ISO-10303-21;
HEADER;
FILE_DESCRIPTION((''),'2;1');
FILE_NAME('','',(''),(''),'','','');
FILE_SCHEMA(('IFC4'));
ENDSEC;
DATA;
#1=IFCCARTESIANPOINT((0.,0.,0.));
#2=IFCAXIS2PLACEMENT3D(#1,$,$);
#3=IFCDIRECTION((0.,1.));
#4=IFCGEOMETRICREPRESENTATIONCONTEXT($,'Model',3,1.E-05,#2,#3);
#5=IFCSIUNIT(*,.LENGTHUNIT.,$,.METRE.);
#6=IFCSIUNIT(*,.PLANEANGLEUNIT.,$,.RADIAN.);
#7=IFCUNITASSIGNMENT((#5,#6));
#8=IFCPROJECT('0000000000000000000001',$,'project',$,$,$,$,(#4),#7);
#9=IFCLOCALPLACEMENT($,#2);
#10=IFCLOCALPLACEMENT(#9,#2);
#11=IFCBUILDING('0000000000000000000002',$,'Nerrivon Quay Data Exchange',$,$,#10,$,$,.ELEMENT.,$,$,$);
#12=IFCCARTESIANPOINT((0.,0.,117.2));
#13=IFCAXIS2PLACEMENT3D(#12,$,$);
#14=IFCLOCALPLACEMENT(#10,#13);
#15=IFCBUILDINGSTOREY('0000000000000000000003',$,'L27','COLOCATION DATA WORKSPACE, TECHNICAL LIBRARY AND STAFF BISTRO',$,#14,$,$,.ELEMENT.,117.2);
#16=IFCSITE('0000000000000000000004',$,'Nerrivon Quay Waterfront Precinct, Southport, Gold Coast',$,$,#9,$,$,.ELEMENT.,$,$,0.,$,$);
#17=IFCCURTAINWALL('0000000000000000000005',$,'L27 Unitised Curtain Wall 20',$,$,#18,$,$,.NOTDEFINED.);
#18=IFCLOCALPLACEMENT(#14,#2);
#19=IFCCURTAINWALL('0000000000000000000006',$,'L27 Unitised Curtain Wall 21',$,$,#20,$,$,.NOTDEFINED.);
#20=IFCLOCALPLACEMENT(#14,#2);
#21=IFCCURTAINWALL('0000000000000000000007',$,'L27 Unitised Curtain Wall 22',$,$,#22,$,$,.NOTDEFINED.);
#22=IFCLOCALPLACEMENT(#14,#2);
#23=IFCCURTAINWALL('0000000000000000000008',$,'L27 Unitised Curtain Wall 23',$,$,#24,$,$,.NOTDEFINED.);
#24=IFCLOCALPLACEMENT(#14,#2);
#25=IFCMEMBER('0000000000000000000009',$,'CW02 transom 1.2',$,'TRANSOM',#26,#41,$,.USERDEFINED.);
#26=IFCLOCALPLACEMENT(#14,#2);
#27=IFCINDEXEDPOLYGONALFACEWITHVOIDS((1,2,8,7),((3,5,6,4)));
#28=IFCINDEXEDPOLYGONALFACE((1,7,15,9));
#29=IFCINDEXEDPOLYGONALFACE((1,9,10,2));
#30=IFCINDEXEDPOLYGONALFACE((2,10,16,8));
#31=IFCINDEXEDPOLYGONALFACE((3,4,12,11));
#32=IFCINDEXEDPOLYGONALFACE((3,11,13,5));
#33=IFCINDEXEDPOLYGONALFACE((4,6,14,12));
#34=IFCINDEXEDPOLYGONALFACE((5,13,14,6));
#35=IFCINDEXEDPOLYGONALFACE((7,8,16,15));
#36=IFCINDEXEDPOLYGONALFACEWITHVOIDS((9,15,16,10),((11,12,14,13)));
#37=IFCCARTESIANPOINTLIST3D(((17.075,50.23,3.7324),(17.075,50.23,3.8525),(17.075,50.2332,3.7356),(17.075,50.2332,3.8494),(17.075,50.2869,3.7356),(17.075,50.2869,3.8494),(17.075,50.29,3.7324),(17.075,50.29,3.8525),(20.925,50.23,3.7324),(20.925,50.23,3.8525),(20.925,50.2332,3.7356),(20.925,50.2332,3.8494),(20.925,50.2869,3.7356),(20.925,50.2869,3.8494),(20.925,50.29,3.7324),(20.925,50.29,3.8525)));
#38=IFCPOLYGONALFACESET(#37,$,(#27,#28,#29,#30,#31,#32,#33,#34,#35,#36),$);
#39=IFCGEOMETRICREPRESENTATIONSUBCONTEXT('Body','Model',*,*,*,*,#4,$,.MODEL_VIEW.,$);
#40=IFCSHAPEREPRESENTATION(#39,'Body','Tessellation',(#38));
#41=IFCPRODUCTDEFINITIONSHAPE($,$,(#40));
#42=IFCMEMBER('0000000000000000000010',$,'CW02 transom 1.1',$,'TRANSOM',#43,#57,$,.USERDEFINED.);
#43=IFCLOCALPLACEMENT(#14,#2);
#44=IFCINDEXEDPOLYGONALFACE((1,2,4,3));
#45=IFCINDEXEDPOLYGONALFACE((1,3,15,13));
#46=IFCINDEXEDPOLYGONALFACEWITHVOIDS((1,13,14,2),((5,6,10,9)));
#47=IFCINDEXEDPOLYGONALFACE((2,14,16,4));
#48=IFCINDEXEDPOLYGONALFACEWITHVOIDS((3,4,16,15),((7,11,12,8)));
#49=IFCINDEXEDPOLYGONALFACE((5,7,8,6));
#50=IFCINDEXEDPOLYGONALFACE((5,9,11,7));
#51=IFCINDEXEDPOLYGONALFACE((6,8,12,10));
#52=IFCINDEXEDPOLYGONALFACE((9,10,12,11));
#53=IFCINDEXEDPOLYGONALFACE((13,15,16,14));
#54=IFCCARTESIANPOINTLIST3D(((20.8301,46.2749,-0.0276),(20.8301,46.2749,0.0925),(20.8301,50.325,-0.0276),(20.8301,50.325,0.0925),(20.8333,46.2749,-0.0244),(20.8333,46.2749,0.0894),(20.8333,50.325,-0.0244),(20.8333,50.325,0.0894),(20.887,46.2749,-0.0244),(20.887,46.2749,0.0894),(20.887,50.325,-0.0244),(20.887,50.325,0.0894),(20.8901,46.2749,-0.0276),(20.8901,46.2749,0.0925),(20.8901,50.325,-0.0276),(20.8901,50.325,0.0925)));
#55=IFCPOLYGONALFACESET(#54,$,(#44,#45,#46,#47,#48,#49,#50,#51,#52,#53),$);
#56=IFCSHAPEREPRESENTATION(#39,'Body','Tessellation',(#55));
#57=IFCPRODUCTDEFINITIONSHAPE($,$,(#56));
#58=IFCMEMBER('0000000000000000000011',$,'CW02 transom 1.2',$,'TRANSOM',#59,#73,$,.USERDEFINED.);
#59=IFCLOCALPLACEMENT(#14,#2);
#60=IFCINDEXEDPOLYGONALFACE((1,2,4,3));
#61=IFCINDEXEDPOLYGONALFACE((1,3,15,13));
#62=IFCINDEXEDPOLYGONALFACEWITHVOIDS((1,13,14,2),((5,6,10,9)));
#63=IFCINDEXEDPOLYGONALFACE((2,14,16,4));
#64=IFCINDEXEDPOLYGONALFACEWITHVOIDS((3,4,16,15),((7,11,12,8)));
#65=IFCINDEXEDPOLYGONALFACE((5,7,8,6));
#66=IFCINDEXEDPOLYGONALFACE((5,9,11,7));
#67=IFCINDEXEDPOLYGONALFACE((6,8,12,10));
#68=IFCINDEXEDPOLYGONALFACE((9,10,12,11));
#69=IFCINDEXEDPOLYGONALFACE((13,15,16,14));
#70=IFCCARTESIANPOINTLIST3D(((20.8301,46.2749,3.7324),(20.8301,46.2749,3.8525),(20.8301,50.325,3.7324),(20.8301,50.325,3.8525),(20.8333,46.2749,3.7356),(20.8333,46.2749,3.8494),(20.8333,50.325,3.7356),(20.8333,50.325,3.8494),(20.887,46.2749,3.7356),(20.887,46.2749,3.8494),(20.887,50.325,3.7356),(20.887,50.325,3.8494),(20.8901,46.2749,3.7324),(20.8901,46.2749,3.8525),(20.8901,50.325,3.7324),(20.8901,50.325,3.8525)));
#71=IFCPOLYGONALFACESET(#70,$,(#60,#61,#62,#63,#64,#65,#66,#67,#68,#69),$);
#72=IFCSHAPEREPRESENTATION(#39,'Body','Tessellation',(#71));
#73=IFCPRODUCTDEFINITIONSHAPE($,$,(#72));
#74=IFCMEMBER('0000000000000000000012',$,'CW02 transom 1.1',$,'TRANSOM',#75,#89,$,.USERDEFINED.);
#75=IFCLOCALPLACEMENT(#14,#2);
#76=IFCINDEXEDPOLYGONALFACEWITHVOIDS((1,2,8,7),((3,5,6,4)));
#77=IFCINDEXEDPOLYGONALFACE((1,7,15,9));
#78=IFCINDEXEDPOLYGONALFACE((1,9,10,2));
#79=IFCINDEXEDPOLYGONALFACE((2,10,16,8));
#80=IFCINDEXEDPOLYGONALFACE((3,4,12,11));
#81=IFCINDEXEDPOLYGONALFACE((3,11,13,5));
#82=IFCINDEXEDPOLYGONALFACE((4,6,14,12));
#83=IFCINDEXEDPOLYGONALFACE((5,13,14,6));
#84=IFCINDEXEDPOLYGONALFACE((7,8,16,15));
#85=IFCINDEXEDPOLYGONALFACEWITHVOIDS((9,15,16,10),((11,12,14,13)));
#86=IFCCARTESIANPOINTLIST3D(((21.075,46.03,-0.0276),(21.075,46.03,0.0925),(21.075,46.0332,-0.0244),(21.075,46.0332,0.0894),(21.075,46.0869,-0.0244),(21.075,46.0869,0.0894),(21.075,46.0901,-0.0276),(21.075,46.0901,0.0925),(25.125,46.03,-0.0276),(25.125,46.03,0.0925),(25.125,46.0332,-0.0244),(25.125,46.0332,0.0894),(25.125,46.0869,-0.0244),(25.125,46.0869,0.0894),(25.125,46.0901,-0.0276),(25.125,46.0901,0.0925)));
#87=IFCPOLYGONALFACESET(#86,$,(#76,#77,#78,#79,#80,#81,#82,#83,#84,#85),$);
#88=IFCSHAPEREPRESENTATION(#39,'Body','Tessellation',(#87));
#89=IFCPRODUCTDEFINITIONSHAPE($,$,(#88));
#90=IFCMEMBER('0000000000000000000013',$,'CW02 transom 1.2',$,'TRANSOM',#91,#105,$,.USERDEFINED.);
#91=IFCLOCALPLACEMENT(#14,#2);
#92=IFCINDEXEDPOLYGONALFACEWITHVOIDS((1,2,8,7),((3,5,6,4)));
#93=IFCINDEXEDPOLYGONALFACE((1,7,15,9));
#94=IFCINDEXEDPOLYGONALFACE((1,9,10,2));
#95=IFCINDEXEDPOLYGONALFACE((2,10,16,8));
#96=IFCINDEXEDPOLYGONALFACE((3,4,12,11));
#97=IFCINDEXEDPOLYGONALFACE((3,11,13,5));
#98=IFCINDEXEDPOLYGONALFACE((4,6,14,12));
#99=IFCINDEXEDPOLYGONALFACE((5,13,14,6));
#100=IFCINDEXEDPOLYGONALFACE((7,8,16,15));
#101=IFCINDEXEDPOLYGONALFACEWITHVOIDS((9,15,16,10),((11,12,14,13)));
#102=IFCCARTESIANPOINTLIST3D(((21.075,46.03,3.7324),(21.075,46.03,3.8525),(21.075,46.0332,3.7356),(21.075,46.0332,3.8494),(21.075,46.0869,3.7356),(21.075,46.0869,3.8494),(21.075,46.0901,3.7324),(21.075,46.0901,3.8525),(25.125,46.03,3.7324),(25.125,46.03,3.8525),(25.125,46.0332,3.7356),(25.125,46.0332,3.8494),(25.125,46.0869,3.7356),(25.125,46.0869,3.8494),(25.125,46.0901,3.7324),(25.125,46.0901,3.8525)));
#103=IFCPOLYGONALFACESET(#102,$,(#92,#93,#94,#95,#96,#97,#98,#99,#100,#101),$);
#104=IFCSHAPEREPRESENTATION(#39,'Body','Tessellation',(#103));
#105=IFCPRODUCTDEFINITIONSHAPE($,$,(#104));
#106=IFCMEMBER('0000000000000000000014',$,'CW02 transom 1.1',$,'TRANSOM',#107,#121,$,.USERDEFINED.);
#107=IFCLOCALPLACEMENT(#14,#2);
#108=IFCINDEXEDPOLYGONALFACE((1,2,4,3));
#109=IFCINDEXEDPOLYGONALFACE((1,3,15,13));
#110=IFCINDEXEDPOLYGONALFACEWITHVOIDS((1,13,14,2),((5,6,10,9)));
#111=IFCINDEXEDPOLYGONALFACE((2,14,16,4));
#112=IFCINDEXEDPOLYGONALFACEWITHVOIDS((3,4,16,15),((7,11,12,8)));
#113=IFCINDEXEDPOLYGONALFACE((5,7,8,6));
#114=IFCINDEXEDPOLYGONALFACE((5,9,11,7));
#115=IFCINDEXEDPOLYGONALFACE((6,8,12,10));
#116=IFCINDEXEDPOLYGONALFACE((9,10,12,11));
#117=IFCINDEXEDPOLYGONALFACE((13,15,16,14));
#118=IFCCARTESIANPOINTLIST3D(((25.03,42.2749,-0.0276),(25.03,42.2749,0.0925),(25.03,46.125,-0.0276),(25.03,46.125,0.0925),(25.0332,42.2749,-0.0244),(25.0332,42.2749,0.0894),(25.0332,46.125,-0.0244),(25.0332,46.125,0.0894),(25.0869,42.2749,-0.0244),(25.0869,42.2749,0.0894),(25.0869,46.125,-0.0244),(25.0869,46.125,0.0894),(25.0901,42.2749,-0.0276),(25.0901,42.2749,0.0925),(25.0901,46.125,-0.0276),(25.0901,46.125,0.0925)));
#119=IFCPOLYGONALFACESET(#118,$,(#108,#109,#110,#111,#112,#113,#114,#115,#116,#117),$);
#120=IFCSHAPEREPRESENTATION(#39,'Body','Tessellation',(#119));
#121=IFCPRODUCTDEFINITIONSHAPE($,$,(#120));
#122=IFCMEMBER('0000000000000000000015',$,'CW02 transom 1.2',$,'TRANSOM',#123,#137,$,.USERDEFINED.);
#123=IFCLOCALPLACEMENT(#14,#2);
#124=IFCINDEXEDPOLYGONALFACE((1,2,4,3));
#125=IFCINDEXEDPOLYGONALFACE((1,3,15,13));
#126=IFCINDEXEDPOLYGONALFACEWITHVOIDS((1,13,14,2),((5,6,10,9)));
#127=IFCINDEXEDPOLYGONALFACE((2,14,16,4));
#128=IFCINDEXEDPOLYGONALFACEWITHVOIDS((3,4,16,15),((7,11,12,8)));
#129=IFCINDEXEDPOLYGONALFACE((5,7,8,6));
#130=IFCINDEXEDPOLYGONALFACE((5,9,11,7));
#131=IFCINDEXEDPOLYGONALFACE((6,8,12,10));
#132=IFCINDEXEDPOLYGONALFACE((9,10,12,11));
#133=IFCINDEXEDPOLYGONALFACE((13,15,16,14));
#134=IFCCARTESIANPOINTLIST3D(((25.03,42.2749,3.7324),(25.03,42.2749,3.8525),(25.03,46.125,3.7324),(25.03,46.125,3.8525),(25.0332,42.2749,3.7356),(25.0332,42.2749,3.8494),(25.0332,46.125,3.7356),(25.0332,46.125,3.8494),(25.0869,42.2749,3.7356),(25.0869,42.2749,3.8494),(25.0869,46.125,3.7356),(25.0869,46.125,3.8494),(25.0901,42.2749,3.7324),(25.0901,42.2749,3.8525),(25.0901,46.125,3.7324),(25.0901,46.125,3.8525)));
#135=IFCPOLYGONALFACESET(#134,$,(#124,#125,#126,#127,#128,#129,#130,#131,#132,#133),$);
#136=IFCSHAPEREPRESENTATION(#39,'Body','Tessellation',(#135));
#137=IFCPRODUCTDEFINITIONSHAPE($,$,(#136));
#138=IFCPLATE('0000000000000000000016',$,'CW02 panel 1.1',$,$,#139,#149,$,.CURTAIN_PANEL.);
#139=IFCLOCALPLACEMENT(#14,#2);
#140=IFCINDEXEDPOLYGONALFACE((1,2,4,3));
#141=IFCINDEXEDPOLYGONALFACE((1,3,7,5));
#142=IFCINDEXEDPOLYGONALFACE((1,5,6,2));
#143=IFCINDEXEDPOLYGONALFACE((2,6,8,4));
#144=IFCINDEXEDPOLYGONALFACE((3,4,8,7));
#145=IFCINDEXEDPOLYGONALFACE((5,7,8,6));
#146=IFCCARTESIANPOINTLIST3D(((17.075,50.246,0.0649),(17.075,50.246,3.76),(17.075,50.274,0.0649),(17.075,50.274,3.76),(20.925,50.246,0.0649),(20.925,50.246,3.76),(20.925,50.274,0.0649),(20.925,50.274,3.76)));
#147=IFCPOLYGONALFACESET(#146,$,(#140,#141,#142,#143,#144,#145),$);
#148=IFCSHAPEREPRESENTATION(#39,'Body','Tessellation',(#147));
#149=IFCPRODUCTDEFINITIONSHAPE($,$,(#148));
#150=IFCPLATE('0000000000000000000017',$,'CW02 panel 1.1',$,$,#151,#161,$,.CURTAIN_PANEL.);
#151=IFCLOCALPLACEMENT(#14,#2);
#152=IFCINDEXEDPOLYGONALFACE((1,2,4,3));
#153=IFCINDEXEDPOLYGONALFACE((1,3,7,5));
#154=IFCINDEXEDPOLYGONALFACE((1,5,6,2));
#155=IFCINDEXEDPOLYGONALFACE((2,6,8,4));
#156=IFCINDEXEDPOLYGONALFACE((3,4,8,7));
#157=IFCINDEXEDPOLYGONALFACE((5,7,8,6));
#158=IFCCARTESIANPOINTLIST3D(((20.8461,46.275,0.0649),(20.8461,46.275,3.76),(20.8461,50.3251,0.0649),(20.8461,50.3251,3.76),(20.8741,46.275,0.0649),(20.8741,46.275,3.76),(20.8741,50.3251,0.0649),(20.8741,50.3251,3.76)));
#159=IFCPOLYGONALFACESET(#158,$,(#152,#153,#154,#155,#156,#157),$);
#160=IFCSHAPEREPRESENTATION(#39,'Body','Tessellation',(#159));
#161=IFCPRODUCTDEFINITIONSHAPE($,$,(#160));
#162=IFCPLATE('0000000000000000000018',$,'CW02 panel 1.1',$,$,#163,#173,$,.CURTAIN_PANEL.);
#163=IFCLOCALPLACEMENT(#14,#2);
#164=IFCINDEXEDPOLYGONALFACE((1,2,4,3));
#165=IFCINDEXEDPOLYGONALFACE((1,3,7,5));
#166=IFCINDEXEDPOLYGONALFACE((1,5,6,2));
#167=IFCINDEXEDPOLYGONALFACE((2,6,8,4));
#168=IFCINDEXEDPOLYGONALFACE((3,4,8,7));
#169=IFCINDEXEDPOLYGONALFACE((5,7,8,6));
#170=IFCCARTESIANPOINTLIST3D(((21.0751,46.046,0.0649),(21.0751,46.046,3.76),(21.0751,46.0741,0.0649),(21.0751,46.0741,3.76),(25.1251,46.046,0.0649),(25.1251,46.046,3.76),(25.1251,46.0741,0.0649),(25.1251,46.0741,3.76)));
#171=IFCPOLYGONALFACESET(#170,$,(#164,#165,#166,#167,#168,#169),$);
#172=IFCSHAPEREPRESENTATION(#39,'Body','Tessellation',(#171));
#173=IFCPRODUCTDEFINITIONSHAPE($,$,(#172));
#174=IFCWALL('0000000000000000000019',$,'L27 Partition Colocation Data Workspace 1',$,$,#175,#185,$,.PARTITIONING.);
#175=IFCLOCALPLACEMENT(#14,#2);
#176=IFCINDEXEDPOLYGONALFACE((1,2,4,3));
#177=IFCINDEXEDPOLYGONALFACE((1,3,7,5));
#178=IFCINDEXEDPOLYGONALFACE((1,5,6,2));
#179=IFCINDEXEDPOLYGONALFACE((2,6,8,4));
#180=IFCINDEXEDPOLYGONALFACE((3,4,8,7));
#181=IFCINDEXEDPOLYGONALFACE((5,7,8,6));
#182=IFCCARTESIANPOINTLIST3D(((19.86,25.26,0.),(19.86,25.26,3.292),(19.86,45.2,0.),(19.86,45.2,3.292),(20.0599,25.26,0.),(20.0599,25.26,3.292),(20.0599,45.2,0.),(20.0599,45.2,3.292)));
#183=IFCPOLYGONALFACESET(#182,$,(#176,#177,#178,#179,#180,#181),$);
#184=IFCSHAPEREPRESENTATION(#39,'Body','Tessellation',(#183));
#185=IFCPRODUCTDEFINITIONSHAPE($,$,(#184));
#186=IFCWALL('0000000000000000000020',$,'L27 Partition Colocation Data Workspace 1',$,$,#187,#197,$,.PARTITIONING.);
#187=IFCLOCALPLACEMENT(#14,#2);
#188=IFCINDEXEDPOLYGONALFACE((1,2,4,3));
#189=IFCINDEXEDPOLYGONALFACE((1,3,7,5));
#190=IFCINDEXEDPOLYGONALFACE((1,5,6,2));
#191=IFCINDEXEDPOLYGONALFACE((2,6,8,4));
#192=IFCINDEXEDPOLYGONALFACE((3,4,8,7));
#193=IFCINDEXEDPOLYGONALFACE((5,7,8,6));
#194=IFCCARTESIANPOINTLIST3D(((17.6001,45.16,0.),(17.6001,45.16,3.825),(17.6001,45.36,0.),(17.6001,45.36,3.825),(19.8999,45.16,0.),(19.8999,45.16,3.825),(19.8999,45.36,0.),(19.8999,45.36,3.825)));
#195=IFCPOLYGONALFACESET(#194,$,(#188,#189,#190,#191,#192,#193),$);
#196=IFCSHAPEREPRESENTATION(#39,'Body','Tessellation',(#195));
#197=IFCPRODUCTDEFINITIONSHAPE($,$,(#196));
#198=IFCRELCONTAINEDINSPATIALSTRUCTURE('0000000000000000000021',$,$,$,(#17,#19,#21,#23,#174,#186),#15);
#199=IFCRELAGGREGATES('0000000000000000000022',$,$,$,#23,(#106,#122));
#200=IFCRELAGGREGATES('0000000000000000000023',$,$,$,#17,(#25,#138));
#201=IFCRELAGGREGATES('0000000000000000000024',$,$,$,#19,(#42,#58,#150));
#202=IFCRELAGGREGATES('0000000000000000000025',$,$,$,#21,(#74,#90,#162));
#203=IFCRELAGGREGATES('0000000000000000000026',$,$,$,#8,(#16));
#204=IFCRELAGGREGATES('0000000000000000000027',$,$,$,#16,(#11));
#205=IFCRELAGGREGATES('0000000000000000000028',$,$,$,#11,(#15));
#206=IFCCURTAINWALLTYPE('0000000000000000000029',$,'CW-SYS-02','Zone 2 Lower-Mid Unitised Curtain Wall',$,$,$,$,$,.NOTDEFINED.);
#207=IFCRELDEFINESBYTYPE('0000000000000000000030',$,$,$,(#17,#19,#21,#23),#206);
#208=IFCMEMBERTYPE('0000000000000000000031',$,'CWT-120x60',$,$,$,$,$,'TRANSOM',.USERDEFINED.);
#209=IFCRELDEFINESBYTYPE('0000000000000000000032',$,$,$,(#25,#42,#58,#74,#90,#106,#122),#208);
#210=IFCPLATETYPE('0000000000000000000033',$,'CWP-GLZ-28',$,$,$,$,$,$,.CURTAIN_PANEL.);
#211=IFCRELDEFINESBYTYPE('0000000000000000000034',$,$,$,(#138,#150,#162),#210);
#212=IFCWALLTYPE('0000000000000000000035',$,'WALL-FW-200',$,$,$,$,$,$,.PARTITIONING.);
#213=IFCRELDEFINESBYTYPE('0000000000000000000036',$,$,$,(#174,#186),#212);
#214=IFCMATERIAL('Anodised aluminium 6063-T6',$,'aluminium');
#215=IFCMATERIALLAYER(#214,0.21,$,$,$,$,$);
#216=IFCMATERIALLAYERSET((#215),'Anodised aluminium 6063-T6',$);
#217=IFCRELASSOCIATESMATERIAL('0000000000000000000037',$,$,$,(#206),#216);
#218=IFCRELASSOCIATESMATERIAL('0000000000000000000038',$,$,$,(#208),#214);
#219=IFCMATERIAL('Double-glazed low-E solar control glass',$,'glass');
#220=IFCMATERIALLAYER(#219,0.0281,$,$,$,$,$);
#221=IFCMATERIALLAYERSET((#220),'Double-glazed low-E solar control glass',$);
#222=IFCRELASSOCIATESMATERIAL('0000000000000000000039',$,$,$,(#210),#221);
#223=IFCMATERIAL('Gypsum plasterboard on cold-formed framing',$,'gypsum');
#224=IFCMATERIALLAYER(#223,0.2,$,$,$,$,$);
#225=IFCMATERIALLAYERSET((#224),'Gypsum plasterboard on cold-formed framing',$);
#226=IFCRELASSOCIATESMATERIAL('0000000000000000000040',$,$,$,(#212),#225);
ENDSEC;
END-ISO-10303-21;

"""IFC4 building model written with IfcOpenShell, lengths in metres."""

from ifc_helpers import new_model, si_unit, direction, frame, frame_2d, origin, origin_2d, place, context, subcontext, project, spatial, rectangle, hollow_rectangle, extrude, material, layer, layer_set, material_profile, profile_set, type_object, element, aggregate, save


model = new_model("IFC4")

# Units and contexts
model_context = context("Model", 3, precision=1e-05, world=origin(), true_north=direction((0.0, 1.0)))
body_context = subcontext(model_context, "Body", "Model", "MODEL_VIEW")
ifc_project = project(units=[si_unit("LENGTHUNIT", "METRE"), si_unit("PLANEANGLEUNIT", "RADIAN")], contexts=[model_context])

# Site, building, storey
site_placement = place(None, origin())
site = spatial("IfcSite", under=ifc_project, at=site_placement, Name="Nerrivon Quay Waterfront Precinct, Southport, Gold Coast", CompositionType="ELEMENT", RefElevation=0.0)
building_placement = place(site_placement, origin())
building = spatial("IfcBuilding", under=site, at=building_placement, Name="Nerrivon Quay Data Exchange", CompositionType="ELEMENT")
storey_placement = place(building_placement, frame((0.0, 0.0, 117.2)))
storey = spatial("IfcBuildingStorey", under=building, at=storey_placement, Name="L27", Description="COLOCATION DATA WORKSPACE, TECHNICAL LIBRARY AND STAFF BISTRO", CompositionType="ELEMENT", Elevation=117.2)

# Shared definitions
ifc_material_1 = material(Name="Anodised aluminium 6063-T6", Category="aluminium")
ifc_layer_1 = layer(ifc_material_1, 0.21)
ifc_layer_set_1 = layer_set([ifc_layer_1], Name="Anodised aluminium 6063-T6")
curtain_wall_type = type_object("IfcCurtainWallType", Name="CW-SYS-02", Description="Zone 2 Lower-Mid Unitised Curtain Wall", PredefinedType="NOTDEFINED", material=ifc_layer_set_1)

# Curtain walls
curtain_wall_1_placement = place(storey_placement, origin())
curtain_wall_1 = element("IfcCurtainWall", 1, at=curtain_wall_1_placement, inside=storey, type_object=curtain_wall_type, Name="L27 Unitised Curtain Wall 20", PredefinedType="NOTDEFINED")
curtain_wall_2_placement = place(storey_placement, origin())
curtain_wall_2 = element("IfcCurtainWall", 2, at=curtain_wall_2_placement, inside=storey, type_object=curtain_wall_type, Name="L27 Unitised Curtain Wall 21", PredefinedType="NOTDEFINED")
curtain_wall_3_placement = place(storey_placement, origin())
curtain_wall_3 = element("IfcCurtainWall", 3, at=curtain_wall_3_placement, inside=storey, type_object=curtain_wall_type, Name="L27 Unitised Curtain Wall 22", PredefinedType="NOTDEFINED")

# Curtain wall
curtain_wall_4_placement = place(storey_placement, origin())
curtain_wall_4 = element("IfcCurtainWall", 4, at=curtain_wall_4_placement, inside=storey, type_object=curtain_wall_type, Name="L27 Unitised Curtain Wall 23", PredefinedType="NOTDEFINED")

# Members
ifc_material_profile_1 = material_profile(ifc_material_1, hollow_rectangle(XDim=0.0601, YDim=0.1201, WallThickness=0.0032, at=origin_2d()), Name="ALU-TRAN-120x60")
ifc_profile_set_1 = profile_set([ifc_material_profile_1], Name="Anodised aluminium 6063-T6")
member_type_1 = type_object("IfcMemberType", Name="CWT-120x60", ElementType="TRANSOM", PredefinedType="USERDEFINED", material=ifc_profile_set_1)
member_1_placement = place(storey_placement, frame((17.075, 50.26, 3.7925), z_axis=(1.0, 0.0, 0.0), x_axis=(0.0, 1.0, 0.0)))
member_1 = element("IfcMember", 5, at=member_1_placement, type_object=member_type_1, Name="CW02 transom 1.2", ObjectType="TRANSOM", PredefinedType="USERDEFINED", context=body_context, shape_type="SweptSolid", body=[
    extrude(hollow_rectangle(XDim=0.0601, YDim=0.1201, WallThickness=0.0032, at=origin_2d()), origin(), (0.0, 0.0, 1.0), 3.8501),
])
member_2_placement = place(storey_placement, frame((20.8601, 50.325, 0.0325), z_axis=(0.0, -1.0, 0.0), x_axis=(1.0, 0.0, 0.0)))
member_2 = element("IfcMember", 6, at=member_2_placement, type_object=member_type_1, Name="CW02 transom 1.1", ObjectType="TRANSOM", PredefinedType="USERDEFINED", context=body_context, shape_type="SweptSolid", body=[
    extrude(hollow_rectangle(XDim=0.0601, YDim=0.1201, WallThickness=0.0032, at=origin_2d()), origin(), (0.0, 0.0, 1.0), 4.05),
])
member_3_placement = place(storey_placement, frame((20.8601, 50.325, 3.7925), z_axis=(0.0, -1.0, 0.0), x_axis=(1.0, 0.0, 0.0)))
member_3 = element("IfcMember", 7, at=member_3_placement, type_object=member_type_1, Name="CW02 transom 1.2", ObjectType="TRANSOM", PredefinedType="USERDEFINED", context=body_context, shape_type="SweptSolid", body=[
    extrude(hollow_rectangle(XDim=0.0601, YDim=0.1201, WallThickness=0.0032, at=origin_2d()), origin(), (0.0, 0.0, 1.0), 4.05),
])
member_4_placement = place(storey_placement, frame((21.075, 46.0601, 0.0325), z_axis=(1.0, 0.0, 0.0), x_axis=(0.0, 1.0, 0.0)))
member_4 = element("IfcMember", 8, at=member_4_placement, type_object=member_type_1, Name="CW02 transom 1.1", ObjectType="TRANSOM", PredefinedType="USERDEFINED", context=body_context, shape_type="SweptSolid", body=[
    extrude(hollow_rectangle(XDim=0.0601, YDim=0.1201, WallThickness=0.0032, at=origin_2d()), origin(), (0.0, 0.0, 1.0), 4.05),
])
member_5_placement = place(storey_placement, frame((21.075, 46.0601, 3.7925), z_axis=(1.0, 0.0, 0.0), x_axis=(0.0, 1.0, 0.0)))
member_5 = element("IfcMember", 9, at=member_5_placement, type_object=member_type_1, Name="CW02 transom 1.2", ObjectType="TRANSOM", PredefinedType="USERDEFINED", context=body_context, shape_type="SweptSolid", body=[
    extrude(hollow_rectangle(XDim=0.0601, YDim=0.1201, WallThickness=0.0032, at=origin_2d()), origin(), (0.0, 0.0, 1.0), 4.05),
])
member_6_placement = place(storey_placement, frame((25.0601, 46.125, 0.0325), z_axis=(0.0, -1.0, 0.0), x_axis=(1.0, 0.0, 0.0)))
member_6 = element("IfcMember", 10, at=member_6_placement, type_object=member_type_1, Name="CW02 transom 1.1", ObjectType="TRANSOM", PredefinedType="USERDEFINED", context=body_context, shape_type="SweptSolid", body=[
    extrude(hollow_rectangle(XDim=0.0601, YDim=0.1201, WallThickness=0.0032, at=origin_2d()), origin(), (0.0, 0.0, 1.0), 3.8501),
])
member_7_placement = place(storey_placement, frame((25.0601, 46.125, 3.7925), z_axis=(0.0, -1.0, 0.0), x_axis=(1.0, 0.0, 0.0)))
member_7 = element("IfcMember", 11, at=member_7_placement, type_object=member_type_1, Name="CW02 transom 1.2", ObjectType="TRANSOM", PredefinedType="USERDEFINED", context=body_context, shape_type="SweptSolid", body=[
    extrude(hollow_rectangle(XDim=0.0601, YDim=0.1201, WallThickness=0.0032, at=origin_2d()), origin(), (0.0, 0.0, 1.0), 3.8501),
])
aggregate(curtain_wall_4, [member_6, member_7])

# Plates
ifc_material_2 = material(Name="Double-glazed low-E solar control glass", Category="glass")
ifc_layer_2 = layer(ifc_material_2, 0.0281)
ifc_layer_set_2 = layer_set([ifc_layer_2], Name="Double-glazed low-E solar control glass")
plate_type = type_object("IfcPlateType", Name="CWP-GLZ-28", PredefinedType="CURTAIN_PANEL", material=ifc_layer_set_2)
plate_1_placement = place(storey_placement, frame((19.0, 50.26, 0.0649), z_axis=(0.0, 0.0, 1.0), x_axis=(1.0, 0.0, 0.0)))
plate_1 = element("IfcPlate", 12, at=plate_1_placement, type_object=plate_type, Name="CW02 panel 1.1", PredefinedType="CURTAIN_PANEL", context=body_context, shape_type="SweptSolid", body=[
    extrude(rectangle(XDim=3.8501, YDim=0.0281, at=origin_2d()), origin(), (0.0, 0.0, 1.0), 3.6951),
])
aggregate(curtain_wall_1, [member_1, plate_1])
plate_2_placement = place(storey_placement, frame((20.8601, 48.3, 0.0649), z_axis=(0.0, 0.0, 1.0), x_axis=(0.0, -1.0, 0.0)))
plate_2 = element("IfcPlate", 13, at=plate_2_placement, type_object=plate_type, Name="CW02 panel 1.1", PredefinedType="CURTAIN_PANEL", context=body_context, shape_type="SweptSolid", body=[
    extrude(rectangle(XDim=4.05, YDim=0.0281, at=origin_2d()), origin(), (0.0, 0.0, 1.0), 3.6951),
])
aggregate(curtain_wall_2, [member_2, member_3, plate_2])
plate_3_placement = place(storey_placement, frame((23.1001, 46.0601, 0.0649), z_axis=(0.0, 0.0, 1.0), x_axis=(1.0, 0.0, 0.0)))
plate_3 = element("IfcPlate", 14, at=plate_3_placement, type_object=plate_type, Name="CW02 panel 1.1", PredefinedType="CURTAIN_PANEL", context=body_context, shape_type="SweptSolid", body=[
    extrude(rectangle(XDim=4.05, YDim=0.0281, at=origin_2d()), origin(), (0.0, 0.0, 1.0), 3.6951),
])
aggregate(curtain_wall_3, [member_4, member_5, plate_3])

# Walls
ifc_material_3 = material(Name="Gypsum plasterboard on cold-formed framing", Category="gypsum")
ifc_layer_3 = layer(ifc_material_3, 0.2)
ifc_layer_set_3 = layer_set([ifc_layer_3], Name="Gypsum plasterboard on cold-formed framing")
wall_type_1 = type_object("IfcWallType", Name="WALL-FW-200", PredefinedType="PARTITIONING", material=ifc_layer_set_3)
wall_1_placement = place(storey_placement, frame((19.96, 45.2, 0.0), z_axis=(0.0, 0.0, 1.0), x_axis=(0.0, -1.0, 0.0)))
element("IfcWall", 15, at=wall_1_placement, inside=storey, type_object=wall_type_1, Name="L27 Partition Colocation Data Workspace 1", PredefinedType="PARTITIONING", context=body_context, shape_type="SweptSolid", body=[
    extrude(rectangle(XDim=19.9399, YDim=0.2, at=frame_2d((9.97, 0.0))), origin(), (0.0, 0.0, 1.0), 3.292),
])
wall_2_placement = place(storey_placement, frame((17.6001, 45.26, 0.0), z_axis=(0.0, 0.0, 1.0), x_axis=(1.0, 0.0, 0.0)))
element("IfcWall", 16, at=wall_2_placement, inside=storey, type_object=wall_type_1, Name="L27 Partition Colocation Data Workspace 1", PredefinedType="PARTITIONING", context=body_context, shape_type="SweptSolid", body=[
    extrude(rectangle(XDim=2.2998, YDim=0.2, at=frame_2d((1.1499, 0.0))), origin(), (0.0, 0.0, 1.0), 3.825),
])

save(model, "model.ifc")
